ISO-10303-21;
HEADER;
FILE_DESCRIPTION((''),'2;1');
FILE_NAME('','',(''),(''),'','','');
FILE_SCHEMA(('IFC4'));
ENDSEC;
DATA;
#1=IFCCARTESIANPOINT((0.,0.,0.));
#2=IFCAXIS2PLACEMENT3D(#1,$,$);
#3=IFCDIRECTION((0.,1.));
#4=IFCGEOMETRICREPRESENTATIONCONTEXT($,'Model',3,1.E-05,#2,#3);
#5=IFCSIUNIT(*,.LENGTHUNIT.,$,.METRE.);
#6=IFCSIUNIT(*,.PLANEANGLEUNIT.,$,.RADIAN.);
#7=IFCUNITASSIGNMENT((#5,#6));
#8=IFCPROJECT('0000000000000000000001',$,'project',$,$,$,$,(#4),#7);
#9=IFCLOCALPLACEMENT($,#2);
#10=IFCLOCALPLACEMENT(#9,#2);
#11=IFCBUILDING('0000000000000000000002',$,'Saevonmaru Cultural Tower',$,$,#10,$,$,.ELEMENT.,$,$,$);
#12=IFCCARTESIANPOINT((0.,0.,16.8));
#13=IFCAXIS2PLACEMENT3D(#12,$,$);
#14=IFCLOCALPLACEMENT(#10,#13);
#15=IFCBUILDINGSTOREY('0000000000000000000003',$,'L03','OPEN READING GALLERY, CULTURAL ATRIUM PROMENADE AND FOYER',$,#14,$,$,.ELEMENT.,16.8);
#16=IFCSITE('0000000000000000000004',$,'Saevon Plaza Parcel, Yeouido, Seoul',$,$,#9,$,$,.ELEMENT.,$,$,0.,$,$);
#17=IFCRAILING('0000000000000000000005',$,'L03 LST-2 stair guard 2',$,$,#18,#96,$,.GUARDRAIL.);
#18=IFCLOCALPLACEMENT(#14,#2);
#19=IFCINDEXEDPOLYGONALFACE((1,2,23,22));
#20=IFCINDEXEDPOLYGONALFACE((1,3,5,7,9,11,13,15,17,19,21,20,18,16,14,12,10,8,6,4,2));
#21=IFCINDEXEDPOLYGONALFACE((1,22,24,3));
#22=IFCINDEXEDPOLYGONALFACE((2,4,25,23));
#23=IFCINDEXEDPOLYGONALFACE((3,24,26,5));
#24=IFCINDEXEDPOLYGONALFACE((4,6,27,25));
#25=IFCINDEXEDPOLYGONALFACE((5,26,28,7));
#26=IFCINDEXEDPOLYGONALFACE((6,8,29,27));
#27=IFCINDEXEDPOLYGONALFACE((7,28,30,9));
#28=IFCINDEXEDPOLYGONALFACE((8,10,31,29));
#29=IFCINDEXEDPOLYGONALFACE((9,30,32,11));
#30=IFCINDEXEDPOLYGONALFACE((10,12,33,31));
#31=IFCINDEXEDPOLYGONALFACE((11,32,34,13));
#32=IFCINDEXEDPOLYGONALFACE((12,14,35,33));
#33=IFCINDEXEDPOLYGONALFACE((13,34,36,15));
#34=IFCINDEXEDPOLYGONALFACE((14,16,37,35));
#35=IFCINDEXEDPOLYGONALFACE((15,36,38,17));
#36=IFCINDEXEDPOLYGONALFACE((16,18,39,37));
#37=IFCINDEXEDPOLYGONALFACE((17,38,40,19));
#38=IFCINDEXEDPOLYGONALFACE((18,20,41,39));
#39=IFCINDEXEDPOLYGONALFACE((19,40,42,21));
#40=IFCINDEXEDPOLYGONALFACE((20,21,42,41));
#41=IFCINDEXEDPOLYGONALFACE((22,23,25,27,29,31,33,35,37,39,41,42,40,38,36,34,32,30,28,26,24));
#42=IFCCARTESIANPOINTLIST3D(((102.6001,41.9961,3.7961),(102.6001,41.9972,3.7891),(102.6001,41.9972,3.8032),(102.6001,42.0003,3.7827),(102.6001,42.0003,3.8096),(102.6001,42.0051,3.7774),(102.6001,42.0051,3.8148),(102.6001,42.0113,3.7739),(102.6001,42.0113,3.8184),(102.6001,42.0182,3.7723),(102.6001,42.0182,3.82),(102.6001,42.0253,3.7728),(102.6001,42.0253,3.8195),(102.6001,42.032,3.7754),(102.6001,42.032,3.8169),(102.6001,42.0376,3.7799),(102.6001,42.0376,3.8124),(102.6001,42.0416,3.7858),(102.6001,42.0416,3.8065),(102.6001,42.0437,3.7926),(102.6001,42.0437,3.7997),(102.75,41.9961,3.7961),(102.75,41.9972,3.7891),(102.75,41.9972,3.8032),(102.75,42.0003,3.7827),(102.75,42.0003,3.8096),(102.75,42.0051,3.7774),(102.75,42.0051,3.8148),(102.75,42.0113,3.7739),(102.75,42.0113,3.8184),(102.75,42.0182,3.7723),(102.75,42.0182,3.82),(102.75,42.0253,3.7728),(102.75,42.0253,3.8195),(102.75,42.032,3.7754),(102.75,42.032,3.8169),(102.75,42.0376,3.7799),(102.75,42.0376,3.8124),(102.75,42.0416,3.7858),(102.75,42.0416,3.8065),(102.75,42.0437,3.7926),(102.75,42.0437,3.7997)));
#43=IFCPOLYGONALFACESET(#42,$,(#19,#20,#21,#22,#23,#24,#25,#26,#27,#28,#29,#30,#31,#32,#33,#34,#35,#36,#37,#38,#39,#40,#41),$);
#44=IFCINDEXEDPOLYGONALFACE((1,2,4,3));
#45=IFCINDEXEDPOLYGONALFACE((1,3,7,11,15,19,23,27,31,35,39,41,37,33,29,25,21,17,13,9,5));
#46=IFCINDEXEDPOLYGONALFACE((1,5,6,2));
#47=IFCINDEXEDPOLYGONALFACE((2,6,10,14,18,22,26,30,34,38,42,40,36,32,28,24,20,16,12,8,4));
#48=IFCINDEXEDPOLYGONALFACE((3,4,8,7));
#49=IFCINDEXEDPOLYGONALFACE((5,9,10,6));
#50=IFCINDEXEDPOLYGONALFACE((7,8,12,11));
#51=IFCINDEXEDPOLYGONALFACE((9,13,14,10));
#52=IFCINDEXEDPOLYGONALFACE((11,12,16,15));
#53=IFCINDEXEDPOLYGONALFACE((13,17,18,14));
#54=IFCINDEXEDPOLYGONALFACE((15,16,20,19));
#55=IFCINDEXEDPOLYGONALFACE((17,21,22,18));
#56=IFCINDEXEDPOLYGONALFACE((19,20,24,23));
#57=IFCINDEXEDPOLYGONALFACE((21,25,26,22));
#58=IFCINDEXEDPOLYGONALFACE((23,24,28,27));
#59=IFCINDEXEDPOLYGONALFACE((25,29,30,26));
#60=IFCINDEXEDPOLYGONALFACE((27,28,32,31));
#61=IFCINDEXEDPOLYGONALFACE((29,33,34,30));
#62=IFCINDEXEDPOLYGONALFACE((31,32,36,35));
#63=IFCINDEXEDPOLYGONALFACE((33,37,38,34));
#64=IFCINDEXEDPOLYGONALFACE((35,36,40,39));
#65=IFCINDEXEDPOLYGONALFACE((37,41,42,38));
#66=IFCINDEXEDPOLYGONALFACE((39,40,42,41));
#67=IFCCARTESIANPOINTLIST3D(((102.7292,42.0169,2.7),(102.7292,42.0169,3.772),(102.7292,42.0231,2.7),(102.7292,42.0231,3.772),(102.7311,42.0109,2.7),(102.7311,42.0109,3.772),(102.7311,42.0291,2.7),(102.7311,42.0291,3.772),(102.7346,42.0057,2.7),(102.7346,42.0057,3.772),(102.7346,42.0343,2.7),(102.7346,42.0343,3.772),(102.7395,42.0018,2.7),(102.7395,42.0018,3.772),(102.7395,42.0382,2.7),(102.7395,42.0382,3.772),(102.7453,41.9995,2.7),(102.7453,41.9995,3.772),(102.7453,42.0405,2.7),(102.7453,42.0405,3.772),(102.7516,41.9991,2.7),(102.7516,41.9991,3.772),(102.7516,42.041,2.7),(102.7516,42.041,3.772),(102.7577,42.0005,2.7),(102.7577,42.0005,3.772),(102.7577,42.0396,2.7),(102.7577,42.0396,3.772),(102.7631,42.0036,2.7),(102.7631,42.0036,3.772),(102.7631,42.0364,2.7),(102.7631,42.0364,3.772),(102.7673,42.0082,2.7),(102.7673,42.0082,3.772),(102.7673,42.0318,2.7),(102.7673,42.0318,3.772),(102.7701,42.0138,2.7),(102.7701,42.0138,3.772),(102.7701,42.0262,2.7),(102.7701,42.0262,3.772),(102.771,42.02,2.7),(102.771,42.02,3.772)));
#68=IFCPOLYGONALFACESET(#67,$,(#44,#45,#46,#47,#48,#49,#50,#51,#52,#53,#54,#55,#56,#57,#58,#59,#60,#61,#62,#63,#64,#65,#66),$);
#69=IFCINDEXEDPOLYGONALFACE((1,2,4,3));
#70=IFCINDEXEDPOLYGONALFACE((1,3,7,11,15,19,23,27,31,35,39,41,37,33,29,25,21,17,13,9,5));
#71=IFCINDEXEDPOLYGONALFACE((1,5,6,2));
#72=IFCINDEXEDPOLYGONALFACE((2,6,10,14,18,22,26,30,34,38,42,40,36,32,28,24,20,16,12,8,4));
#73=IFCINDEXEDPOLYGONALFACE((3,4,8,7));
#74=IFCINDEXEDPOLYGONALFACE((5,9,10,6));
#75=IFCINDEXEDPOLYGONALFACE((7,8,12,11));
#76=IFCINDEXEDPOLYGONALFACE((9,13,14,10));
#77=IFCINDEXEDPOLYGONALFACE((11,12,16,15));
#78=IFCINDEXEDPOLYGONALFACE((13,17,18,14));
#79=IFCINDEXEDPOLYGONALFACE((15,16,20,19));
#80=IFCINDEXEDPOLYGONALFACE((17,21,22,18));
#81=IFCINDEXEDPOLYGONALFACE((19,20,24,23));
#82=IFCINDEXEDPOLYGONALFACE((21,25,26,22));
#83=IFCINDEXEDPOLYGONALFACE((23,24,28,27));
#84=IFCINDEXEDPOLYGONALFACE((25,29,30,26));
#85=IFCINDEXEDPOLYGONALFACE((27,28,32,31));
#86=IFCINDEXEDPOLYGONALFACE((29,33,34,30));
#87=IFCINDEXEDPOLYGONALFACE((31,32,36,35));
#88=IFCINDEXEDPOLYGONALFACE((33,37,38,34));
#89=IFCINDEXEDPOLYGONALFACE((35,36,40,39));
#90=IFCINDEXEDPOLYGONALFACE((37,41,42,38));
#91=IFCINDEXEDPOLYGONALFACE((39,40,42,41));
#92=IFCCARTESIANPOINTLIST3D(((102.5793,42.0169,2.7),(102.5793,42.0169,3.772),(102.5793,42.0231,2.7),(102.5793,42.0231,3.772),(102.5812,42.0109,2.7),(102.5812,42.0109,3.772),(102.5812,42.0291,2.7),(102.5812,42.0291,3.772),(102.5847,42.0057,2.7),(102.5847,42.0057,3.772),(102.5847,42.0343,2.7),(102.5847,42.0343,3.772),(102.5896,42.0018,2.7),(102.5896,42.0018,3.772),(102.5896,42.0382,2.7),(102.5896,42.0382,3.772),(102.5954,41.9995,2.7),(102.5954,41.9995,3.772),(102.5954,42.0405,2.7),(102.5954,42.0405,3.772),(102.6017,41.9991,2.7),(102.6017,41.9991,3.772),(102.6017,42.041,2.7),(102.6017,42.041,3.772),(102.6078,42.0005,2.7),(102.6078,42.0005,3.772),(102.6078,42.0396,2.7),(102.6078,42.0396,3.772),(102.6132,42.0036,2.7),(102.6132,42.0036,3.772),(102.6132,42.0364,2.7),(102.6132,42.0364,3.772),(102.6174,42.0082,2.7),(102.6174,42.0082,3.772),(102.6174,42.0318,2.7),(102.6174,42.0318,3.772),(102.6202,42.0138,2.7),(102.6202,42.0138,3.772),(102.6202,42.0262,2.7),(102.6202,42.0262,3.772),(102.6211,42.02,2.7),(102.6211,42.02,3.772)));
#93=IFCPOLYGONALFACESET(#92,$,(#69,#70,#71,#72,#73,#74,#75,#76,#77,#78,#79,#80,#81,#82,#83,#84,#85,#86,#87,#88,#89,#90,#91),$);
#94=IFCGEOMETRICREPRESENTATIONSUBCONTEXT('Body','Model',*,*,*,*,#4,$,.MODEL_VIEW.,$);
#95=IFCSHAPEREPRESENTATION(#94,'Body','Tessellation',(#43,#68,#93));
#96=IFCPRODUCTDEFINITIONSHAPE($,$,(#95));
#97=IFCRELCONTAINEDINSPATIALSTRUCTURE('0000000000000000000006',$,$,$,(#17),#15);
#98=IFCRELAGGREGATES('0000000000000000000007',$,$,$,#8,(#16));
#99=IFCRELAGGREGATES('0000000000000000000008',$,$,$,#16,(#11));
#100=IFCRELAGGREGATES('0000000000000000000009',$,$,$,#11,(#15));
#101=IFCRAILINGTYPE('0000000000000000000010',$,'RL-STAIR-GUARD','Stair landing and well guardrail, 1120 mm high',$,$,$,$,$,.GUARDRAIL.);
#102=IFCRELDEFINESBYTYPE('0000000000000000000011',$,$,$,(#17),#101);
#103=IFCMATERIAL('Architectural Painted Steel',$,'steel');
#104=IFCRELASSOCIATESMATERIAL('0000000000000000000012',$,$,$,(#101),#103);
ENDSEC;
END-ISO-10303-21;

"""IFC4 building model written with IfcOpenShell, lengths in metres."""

from ifc_helpers import new_model, si_unit, direction, frame, origin, origin_2d, place, context, subcontext, project, spatial, circle, extrude, material, type_object, element, save


model = new_model("IFC4")

# Units and contexts
model_context = context("Model", 3, precision=1e-05, world=origin(), true_north=direction((0.0, 1.0)))
body_context = subcontext(model_context, "Body", "Model", "MODEL_VIEW")
ifc_project = project(units=[si_unit("LENGTHUNIT", "METRE"), si_unit("PLANEANGLEUNIT", "RADIAN")], contexts=[model_context])

# Site, building, storey
site_placement = place(None, origin())
site = spatial("IfcSite", under=ifc_project, at=site_placement, Name="Saevon Plaza Parcel, Yeouido, Seoul", CompositionType="ELEMENT", RefElevation=0.0)
building_placement = place(site_placement, origin())
building = spatial("IfcBuilding", under=site, at=building_placement, Name="Saevonmaru Cultural Tower", CompositionType="ELEMENT")
storey_placement = place(building_placement, frame((0.0, 0.0, 16.8)))
storey = spatial("IfcBuildingStorey", under=building, at=storey_placement, Name="L03", Description="OPEN READING GALLERY, CULTURAL ATRIUM PROMENADE AND FOYER", CompositionType="ELEMENT", Elevation=16.8)

# Railing
ifc_material_1 = material(Name="Architectural Painted Steel", Category="steel")
railing_type_1 = type_object("IfcRailingType", Name="RL-STAIR-GUARD", Description="Stair landing and well guardrail, 1120 mm high", PredefinedType="GUARDRAIL", material=ifc_material_1)
railing_1_placement = place(storey_placement, frame((102.75, 42.02, 2.7)))
element("IfcRailing", 1, at=railing_1_placement, inside=storey, type_object=railing_type_1, Name="L03 LST-2 stair guard 2", PredefinedType="GUARDRAIL", context=body_context, shape_type="SweptSolid", body=[
    extrude(circle(Radius=0.0239, at=origin_2d()), frame((0.0, 0.0, 1.0962), z_axis=(-1.0, 0.0, 0.0), x_axis=(0.0, -1.0, 0.0)), (0.0, 0.0, 1.0), 0.1499),
    extrude(circle(Radius=0.021, at=origin_2d()), origin(), (0.0, 0.0, 1.0), 1.072),
    extrude(circle(Radius=0.021, at=origin_2d()), frame((-0.1499, 0.0, 0.0)), (0.0, 0.0, 1.0), 1.072),
])

save(model, "model.ifc")
